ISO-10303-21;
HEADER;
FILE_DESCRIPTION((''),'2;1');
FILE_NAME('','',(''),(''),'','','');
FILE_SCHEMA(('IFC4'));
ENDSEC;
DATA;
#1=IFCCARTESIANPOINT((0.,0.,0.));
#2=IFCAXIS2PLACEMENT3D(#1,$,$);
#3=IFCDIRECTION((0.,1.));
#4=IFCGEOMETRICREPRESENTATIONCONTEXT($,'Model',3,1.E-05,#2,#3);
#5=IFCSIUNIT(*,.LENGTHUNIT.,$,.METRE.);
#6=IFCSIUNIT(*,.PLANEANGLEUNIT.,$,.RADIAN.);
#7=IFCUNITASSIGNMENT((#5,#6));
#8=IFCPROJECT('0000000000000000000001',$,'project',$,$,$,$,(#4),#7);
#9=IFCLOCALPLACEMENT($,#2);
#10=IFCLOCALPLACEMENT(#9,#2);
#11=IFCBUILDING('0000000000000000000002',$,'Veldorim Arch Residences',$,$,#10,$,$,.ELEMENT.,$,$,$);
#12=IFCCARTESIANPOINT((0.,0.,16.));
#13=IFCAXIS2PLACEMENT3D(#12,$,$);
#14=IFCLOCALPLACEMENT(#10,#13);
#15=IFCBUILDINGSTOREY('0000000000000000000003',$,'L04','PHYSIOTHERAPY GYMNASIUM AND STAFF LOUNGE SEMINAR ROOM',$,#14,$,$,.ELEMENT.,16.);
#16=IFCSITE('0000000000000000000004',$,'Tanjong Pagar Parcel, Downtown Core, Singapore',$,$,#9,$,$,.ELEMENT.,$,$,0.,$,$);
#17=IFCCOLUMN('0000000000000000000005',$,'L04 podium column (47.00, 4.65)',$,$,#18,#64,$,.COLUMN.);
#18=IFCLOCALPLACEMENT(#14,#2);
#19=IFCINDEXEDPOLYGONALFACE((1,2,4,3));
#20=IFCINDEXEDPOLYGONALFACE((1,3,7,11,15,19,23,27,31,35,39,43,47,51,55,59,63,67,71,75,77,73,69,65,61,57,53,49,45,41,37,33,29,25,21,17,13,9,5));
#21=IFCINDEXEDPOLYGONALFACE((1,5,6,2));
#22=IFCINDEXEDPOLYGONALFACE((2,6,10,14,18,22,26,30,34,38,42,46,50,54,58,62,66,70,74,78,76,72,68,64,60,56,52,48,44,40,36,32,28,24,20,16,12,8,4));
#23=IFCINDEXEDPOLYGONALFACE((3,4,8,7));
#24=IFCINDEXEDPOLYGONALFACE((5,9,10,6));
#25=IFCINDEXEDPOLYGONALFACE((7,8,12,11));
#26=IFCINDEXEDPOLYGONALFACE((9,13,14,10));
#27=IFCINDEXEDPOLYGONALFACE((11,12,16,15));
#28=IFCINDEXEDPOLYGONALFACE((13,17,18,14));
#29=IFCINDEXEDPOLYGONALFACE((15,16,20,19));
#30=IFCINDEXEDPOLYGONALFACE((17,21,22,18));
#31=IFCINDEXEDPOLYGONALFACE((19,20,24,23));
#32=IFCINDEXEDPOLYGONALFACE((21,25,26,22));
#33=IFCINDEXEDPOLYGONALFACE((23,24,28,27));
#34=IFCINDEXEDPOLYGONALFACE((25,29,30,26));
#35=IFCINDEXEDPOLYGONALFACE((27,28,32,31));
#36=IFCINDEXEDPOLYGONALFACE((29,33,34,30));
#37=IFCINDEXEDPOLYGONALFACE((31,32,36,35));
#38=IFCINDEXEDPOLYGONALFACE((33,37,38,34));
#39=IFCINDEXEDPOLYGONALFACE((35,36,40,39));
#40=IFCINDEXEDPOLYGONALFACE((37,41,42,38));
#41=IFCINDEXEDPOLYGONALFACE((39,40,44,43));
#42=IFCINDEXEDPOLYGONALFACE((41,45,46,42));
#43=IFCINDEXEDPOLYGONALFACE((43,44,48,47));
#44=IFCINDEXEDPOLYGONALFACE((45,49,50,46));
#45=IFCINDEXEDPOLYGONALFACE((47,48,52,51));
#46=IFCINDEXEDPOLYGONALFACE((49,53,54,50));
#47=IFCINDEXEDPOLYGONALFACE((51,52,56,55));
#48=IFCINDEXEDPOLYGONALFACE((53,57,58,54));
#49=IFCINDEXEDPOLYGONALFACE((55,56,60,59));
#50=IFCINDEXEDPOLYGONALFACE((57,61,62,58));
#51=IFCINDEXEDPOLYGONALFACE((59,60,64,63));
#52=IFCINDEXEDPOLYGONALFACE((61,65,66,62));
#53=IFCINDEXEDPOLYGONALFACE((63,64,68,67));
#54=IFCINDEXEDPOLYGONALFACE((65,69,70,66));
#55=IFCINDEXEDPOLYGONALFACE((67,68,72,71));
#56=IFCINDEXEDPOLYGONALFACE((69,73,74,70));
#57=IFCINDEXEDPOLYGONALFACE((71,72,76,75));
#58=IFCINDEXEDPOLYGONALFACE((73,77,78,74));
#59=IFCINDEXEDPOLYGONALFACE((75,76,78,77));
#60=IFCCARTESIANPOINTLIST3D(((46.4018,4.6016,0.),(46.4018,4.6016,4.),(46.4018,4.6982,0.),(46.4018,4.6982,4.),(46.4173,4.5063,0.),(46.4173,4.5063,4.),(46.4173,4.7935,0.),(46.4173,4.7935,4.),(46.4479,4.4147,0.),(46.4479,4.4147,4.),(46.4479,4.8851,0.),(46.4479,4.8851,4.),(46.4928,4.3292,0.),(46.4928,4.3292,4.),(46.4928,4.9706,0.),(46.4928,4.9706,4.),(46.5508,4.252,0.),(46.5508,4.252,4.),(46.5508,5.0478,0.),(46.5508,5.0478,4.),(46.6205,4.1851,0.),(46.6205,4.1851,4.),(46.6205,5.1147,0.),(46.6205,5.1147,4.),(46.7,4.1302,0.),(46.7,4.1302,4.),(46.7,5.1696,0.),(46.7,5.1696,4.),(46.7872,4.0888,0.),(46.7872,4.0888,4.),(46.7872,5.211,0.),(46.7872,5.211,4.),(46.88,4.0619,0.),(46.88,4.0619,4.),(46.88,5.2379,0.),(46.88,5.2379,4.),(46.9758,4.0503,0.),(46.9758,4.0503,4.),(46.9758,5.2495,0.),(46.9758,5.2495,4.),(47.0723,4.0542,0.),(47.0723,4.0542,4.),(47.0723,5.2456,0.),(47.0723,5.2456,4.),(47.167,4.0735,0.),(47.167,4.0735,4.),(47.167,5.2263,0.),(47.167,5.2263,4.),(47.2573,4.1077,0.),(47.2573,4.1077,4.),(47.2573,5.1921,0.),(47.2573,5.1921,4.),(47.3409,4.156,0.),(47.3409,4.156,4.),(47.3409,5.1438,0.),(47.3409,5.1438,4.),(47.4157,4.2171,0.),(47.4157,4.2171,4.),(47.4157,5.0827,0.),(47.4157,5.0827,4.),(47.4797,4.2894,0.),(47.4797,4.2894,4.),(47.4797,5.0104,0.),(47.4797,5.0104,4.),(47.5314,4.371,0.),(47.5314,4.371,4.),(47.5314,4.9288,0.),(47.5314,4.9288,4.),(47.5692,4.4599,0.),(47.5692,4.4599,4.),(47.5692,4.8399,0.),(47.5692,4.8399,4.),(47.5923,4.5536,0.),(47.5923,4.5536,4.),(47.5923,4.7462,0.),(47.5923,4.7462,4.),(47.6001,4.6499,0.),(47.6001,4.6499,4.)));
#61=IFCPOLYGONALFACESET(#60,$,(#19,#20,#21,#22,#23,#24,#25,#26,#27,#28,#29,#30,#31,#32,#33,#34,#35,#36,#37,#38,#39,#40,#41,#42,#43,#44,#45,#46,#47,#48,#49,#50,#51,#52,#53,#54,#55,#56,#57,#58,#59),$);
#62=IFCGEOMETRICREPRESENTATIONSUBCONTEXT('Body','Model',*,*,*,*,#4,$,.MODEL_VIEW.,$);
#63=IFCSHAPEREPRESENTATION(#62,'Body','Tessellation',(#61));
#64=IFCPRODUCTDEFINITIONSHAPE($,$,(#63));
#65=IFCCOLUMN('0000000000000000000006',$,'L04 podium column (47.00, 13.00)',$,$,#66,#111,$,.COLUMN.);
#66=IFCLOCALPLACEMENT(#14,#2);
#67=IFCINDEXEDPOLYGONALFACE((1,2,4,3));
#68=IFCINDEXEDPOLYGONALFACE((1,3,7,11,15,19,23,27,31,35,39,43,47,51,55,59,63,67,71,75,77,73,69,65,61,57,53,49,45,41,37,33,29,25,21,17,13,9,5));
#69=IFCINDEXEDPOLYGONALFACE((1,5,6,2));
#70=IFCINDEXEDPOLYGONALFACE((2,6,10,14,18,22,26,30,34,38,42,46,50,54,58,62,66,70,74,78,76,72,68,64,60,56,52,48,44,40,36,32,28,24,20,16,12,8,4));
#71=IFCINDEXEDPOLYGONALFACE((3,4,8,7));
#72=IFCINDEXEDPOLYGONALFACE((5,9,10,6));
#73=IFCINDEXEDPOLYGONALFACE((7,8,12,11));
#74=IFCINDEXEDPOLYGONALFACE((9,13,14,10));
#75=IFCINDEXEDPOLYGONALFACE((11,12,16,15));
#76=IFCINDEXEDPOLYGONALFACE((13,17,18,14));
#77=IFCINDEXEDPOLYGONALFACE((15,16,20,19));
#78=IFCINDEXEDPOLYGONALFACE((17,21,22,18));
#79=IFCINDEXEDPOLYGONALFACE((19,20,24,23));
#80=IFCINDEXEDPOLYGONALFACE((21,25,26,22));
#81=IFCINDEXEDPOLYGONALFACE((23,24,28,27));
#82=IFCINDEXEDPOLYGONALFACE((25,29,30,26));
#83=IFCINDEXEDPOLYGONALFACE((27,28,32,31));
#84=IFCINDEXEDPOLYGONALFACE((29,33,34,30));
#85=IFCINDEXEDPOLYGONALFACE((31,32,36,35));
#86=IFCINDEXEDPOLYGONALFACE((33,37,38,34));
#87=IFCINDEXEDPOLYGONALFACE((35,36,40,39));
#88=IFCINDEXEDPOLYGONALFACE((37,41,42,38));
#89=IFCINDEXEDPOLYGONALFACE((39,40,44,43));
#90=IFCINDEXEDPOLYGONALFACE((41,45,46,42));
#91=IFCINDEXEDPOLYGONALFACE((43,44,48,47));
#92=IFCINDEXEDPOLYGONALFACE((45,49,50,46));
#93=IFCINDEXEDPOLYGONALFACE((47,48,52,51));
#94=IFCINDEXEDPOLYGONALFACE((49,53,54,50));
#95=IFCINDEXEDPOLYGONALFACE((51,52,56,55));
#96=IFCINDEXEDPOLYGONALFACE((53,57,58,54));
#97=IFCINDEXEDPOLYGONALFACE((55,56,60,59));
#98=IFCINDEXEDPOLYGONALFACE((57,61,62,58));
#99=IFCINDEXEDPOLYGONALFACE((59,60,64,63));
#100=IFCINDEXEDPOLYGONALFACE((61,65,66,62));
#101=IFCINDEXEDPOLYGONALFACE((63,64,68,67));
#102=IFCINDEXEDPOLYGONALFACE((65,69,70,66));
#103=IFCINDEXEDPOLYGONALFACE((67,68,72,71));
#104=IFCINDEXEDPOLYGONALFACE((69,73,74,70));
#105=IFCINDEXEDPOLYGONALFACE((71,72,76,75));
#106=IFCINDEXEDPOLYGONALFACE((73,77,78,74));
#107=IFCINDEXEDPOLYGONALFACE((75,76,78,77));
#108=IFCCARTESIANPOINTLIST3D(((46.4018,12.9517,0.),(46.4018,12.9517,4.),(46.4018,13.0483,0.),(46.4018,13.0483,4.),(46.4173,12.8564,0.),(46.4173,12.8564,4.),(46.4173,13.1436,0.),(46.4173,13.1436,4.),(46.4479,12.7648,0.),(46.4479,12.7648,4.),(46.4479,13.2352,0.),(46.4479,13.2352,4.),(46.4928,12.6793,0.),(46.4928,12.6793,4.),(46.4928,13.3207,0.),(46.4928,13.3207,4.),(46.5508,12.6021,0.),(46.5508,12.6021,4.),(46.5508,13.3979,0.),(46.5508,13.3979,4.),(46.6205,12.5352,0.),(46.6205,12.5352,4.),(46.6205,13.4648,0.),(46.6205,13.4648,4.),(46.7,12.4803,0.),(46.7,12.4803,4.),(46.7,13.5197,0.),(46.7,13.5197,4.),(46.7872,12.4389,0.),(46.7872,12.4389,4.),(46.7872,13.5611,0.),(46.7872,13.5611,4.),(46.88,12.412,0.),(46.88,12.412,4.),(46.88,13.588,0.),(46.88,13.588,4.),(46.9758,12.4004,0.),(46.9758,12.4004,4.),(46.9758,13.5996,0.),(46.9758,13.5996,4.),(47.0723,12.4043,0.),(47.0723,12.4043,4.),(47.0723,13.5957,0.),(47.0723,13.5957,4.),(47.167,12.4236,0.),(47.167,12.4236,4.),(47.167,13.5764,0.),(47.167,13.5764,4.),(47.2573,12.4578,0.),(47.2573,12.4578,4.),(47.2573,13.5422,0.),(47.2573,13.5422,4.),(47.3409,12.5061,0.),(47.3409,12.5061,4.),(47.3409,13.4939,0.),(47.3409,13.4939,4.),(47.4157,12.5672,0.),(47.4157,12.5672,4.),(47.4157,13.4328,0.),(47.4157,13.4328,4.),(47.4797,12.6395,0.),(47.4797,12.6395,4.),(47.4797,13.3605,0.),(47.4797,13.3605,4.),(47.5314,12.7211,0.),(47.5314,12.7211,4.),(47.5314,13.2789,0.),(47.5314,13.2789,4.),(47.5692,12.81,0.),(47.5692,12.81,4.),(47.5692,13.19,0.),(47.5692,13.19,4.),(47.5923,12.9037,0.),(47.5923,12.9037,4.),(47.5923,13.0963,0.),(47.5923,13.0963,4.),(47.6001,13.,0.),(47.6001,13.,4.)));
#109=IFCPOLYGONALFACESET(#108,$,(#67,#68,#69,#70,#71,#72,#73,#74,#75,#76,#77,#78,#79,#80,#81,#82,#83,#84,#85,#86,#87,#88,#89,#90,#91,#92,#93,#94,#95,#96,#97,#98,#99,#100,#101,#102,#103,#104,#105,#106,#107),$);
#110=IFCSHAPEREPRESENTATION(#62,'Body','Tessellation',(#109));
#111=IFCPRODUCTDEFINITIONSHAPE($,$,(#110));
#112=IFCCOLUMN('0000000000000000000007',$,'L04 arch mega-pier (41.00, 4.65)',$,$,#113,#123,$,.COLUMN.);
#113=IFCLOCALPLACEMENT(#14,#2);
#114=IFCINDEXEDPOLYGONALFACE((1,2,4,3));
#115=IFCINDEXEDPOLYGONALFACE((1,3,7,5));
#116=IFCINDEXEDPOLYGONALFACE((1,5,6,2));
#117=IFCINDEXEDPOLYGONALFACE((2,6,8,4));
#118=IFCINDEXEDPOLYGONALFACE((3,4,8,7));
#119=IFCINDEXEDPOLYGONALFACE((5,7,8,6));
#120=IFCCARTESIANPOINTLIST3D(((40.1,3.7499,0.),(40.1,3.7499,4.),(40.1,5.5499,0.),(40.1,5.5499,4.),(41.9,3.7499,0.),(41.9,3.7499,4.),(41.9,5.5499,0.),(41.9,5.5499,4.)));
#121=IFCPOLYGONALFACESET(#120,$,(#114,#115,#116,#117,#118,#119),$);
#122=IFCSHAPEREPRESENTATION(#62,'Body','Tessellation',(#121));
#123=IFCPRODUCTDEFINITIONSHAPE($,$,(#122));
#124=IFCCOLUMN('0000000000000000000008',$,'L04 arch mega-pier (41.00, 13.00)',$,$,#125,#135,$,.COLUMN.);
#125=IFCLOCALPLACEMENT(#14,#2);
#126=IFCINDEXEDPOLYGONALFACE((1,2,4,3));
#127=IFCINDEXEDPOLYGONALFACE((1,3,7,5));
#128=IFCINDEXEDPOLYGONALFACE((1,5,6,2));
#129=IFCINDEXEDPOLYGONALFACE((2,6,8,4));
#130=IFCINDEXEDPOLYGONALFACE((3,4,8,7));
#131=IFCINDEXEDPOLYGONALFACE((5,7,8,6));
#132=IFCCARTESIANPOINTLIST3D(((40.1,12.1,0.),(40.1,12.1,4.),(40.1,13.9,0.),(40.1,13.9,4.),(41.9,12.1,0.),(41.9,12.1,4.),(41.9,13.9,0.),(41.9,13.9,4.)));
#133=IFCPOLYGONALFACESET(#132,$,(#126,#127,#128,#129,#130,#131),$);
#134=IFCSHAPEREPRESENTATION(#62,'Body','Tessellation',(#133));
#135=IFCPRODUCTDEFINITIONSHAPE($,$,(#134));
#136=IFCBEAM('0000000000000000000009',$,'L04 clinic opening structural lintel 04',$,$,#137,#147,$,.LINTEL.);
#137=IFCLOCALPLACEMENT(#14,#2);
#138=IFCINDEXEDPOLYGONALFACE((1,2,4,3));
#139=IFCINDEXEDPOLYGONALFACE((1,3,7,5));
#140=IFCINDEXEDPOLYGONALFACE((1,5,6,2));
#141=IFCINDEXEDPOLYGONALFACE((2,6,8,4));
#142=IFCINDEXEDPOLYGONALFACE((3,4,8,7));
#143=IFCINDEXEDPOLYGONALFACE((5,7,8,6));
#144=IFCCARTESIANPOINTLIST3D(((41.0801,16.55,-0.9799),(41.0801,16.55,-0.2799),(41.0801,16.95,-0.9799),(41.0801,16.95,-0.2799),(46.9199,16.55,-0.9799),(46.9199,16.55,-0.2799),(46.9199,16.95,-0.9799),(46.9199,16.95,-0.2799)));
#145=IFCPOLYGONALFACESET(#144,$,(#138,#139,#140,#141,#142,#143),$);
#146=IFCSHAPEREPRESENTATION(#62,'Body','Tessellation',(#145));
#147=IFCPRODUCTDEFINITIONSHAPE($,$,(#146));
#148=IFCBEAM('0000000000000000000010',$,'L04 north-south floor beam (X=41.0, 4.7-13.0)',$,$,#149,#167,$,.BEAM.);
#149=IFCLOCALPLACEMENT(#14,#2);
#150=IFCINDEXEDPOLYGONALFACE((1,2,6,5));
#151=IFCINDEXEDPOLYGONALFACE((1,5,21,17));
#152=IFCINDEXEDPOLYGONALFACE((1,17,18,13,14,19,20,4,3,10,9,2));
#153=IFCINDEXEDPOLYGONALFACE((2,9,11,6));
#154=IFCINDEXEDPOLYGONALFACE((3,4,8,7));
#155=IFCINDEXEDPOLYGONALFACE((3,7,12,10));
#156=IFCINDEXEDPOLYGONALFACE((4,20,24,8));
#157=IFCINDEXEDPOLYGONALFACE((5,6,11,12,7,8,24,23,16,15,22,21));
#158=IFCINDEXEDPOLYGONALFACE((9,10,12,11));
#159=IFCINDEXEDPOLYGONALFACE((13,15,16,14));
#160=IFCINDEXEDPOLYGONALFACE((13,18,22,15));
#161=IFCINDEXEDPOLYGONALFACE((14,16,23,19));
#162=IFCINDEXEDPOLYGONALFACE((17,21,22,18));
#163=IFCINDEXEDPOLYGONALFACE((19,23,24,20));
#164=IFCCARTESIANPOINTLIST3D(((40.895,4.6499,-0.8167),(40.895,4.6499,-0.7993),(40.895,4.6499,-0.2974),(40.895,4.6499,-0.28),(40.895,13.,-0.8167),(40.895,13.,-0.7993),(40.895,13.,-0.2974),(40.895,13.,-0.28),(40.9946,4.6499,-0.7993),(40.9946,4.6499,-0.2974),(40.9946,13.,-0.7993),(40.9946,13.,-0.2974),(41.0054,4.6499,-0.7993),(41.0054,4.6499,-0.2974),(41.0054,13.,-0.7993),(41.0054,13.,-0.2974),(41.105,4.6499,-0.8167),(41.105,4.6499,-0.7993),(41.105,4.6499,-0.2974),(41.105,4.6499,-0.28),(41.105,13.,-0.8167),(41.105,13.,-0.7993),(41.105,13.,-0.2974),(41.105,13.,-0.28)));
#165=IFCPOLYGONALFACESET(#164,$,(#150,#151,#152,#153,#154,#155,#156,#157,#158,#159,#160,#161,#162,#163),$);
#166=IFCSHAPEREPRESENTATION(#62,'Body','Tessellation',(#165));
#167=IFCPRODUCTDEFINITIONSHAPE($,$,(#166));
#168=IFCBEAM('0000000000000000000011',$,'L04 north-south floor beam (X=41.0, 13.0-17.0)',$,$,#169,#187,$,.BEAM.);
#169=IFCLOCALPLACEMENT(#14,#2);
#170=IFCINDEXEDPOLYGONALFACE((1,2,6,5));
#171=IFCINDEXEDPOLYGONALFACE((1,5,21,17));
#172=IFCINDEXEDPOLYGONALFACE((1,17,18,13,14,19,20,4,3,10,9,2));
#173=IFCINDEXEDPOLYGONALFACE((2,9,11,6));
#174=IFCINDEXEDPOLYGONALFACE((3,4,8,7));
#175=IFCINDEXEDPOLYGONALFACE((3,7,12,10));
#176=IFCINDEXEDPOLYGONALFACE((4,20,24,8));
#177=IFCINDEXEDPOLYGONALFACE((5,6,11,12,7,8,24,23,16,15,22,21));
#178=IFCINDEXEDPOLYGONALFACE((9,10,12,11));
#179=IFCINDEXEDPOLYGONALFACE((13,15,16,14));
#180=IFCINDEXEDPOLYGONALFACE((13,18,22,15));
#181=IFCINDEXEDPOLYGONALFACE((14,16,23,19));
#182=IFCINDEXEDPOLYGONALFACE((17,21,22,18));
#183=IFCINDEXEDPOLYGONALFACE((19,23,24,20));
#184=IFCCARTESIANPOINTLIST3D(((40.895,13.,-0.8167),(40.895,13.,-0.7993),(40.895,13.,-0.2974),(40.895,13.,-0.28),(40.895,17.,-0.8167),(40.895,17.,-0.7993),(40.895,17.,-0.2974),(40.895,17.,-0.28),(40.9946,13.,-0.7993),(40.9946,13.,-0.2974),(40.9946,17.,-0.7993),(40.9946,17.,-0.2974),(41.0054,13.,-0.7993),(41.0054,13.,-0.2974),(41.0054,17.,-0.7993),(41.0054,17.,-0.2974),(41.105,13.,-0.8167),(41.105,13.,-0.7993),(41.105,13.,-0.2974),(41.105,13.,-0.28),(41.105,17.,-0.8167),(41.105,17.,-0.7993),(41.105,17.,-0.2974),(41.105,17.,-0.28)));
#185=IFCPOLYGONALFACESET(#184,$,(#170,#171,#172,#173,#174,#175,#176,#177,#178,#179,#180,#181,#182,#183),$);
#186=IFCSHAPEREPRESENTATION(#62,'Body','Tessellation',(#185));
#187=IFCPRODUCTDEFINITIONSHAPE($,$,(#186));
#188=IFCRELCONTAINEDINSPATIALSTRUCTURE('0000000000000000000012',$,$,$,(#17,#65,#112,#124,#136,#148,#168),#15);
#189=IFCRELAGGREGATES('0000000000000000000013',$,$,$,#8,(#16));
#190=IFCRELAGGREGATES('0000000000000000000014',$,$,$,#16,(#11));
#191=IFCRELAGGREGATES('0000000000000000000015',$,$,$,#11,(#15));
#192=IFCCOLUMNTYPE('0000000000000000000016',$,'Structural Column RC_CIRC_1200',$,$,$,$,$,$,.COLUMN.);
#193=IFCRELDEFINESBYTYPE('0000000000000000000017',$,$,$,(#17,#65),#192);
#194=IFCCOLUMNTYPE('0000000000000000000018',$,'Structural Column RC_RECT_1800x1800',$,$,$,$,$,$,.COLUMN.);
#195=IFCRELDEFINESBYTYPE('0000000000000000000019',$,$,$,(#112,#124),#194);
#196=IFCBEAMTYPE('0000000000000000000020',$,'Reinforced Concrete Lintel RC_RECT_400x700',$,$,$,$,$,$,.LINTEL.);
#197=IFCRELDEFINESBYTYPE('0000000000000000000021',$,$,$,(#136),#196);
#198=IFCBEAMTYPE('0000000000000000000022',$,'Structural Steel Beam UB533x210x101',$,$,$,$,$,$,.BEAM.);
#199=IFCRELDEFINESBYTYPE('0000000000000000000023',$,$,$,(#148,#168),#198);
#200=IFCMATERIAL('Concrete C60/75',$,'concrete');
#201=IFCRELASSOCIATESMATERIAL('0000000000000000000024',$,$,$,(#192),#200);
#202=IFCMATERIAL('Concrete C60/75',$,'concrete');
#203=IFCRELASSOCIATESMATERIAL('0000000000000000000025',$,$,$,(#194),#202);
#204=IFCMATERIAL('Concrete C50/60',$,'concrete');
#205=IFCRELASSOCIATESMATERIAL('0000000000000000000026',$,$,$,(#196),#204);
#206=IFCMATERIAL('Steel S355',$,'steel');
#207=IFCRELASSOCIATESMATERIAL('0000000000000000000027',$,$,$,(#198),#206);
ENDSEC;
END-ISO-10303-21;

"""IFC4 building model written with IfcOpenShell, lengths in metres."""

from ifc_helpers import new_model, si_unit, direction, frame, origin, origin_2d, place, context, subcontext, project, spatial, rectangle, circle, i_section, extrude, material, material_profile, profile_set, type_object, element, save


model = new_model("IFC4")

# Units and contexts
model_context = context("Model", 3, precision=1e-05, world=origin(), true_north=direction((0.0, 1.0)))
body_context = subcontext(model_context, "Body", "Model", "MODEL_VIEW")
ifc_project = project(units=[si_unit("LENGTHUNIT", "METRE"), si_unit("PLANEANGLEUNIT", "RADIAN")], contexts=[model_context])

# Site, building, storey
site_placement = place(None, origin())
site = spatial("IfcSite", under=ifc_project, at=site_placement, Name="Tanjong Pagar Parcel, Downtown Core, Singapore", CompositionType="ELEMENT", RefElevation=0.0)
building_placement = place(site_placement, origin())
building = spatial("IfcBuilding", under=site, at=building_placement, Name="Veldorim Arch Residences", CompositionType="ELEMENT")
storey_placement = place(building_placement, frame((0.0, 0.0, 16.0)))
storey = spatial("IfcBuildingStorey", under=building, at=storey_placement, Name="L04", Description="PHYSIOTHERAPY GYMNASIUM AND STAFF LOUNGE SEMINAR ROOM", CompositionType="ELEMENT", Elevation=16.0)

# Columns
ifc_material_1 = material(Name="Concrete C60/75", Category="concrete")
ifc_material_profile_1 = material_profile(ifc_material_1, circle(Radius=0.6001, at=origin_2d()), Name="RC_CIRC_1200")
ifc_profile_set_1 = profile_set([ifc_material_profile_1], Name="Concrete C60/75")
column_type_1 = type_object("IfcColumnType", Name="Structural Column RC_CIRC_1200", PredefinedType="COLUMN", material=ifc_profile_set_1)
for number, where, z_axis, x_axis, name in (
    (1, (47.0, 4.6499, 0.0), (0.0, 0.0, 1.0), (1.0, 0.0, 0.0), "L04 podium column (47.00, 4.65)"),
    (2, (47.0, 13.0, 0.0), (0.0, 0.0, 1.0), (1.0, 0.0, 0.0), "L04 podium column (47.00, 13.00)"),
):
    element("IfcColumn", number, at=place(storey_placement, frame(where, z_axis=z_axis, x_axis=x_axis)), inside=storey, type_object=column_type_1, Name=name, PredefinedType="COLUMN", context=body_context, shape_type="SweptSolid", body=[
        extrude(circle(Radius=0.6001, at=origin_2d()), origin(), (0.0, 0.0, 1.0), 4.0),
    ])
ifc_material_2 = material(Name="Concrete C60/75", Category="concrete")
ifc_material_profile_2 = material_profile(ifc_material_2, rectangle(XDim=1.8, YDim=1.8, at=origin_2d()), Name="RC_RECT_1800x1800")
ifc_profile_set_2 = profile_set([ifc_material_profile_2], Name="Concrete C60/75")
column_type_2 = type_object("IfcColumnType", Name="Structural Column RC_RECT_1800x1800", PredefinedType="COLUMN", material=ifc_profile_set_2)
for number, where, z_axis, x_axis, name in (
    (3, (41.0, 4.6499, 0.0), (0.0, 0.0, 1.0), (1.0, 0.0, 0.0), "L04 arch mega-pier (41.00, 4.65)"),
    (4, (41.0, 13.0, 0.0), (0.0, 0.0, 1.0), (1.0, 0.0, 0.0), "L04 arch mega-pier (41.00, 13.00)"),
):
    element("IfcColumn", number, at=place(storey_placement, frame(where, z_axis=z_axis, x_axis=x_axis)), inside=storey, type_object=column_type_2, Name=name, PredefinedType="COLUMN", context=body_context, shape_type="SweptSolid", body=[
        extrude(rectangle(XDim=1.8, YDim=1.8, at=origin_2d()), origin(), (0.0, 0.0, 1.0), 4.0),
    ])

# Beams
ifc_material_3 = material(Name="Concrete C50/60", Category="concrete")
ifc_material_profile_3 = material_profile(ifc_material_3, rectangle(XDim=0.3999, YDim=0.7, at=origin_2d()), Name="RC_RECT_400x700")
ifc_profile_set_3 = profile_set([ifc_material_profile_3], Name="Concrete C50/60")
beam_type_1 = type_object("IfcBeamType", Name="Reinforced Concrete Lintel RC_RECT_400x700", PredefinedType="LINTEL", material=ifc_profile_set_3)
beam_1_placement = place(storey_placement, frame((41.0801, 16.75, -0.6299), z_axis=(1.0, 0.0, 0.0), x_axis=(0.0, 1.0, 0.0)))
element("IfcBeam", 5, at=beam_1_placement, inside=storey, type_object=beam_type_1, Name="L04 clinic opening structural lintel 04", PredefinedType="LINTEL", context=body_context, shape_type="SweptSolid", body=[
    extrude(rectangle(XDim=0.3999, YDim=0.7, at=origin_2d()), origin(), (0.0, 0.0, 1.0), 5.8398),
])
ifc_material_4 = material(Name="Steel S355", Category="steel")
ifc_material_profile_4 = material_profile(ifc_material_4, i_section(OverallWidth=0.21, OverallDepth=0.5366, WebThickness=0.0107, FlangeThickness=0.0173, at=origin_2d()), Name="UB533x210x101")
ifc_profile_set_4 = profile_set([ifc_material_profile_4], Name="Steel S355")
beam_type_2 = type_object("IfcBeamType", Name="Structural Steel Beam UB533x210x101", PredefinedType="BEAM", material=ifc_profile_set_4)
beam_2_placement = place(storey_placement, frame((41.0, 4.6499, -0.5483), z_axis=(0.0, 1.0, 0.0), x_axis=(-1.0, 0.0, 0.0)))
element("IfcBeam", 6, at=beam_2_placement, inside=storey, type_object=beam_type_2, Name="L04 north-south floor beam (X=41.0, 4.7-13.0)", PredefinedType="BEAM", context=body_context, shape_type="SweptSolid", body=[
    extrude(i_section(OverallWidth=0.21, OverallDepth=0.5366, WebThickness=0.0107, FlangeThickness=0.0173, at=origin_2d()), origin(), (0.0, 0.0, 1.0), 8.3501),
])
beam_3_placement = place(storey_placement, frame((41.0, 13.0, -0.5483), z_axis=(0.0, 1.0, 0.0), x_axis=(-1.0, 0.0, 0.0)))
element("IfcBeam", 7, at=beam_3_placement, inside=storey, type_object=beam_type_2, Name="L04 north-south floor beam (X=41.0, 13.0-17.0)", PredefinedType="BEAM", context=body_context, shape_type="SweptSolid", body=[
    extrude(i_section(OverallWidth=0.21, OverallDepth=0.5366, WebThickness=0.0107, FlangeThickness=0.0173, at=origin_2d()), origin(), (0.0, 0.0, 1.0), 4.0),
])

save(model, "model.ifc")
